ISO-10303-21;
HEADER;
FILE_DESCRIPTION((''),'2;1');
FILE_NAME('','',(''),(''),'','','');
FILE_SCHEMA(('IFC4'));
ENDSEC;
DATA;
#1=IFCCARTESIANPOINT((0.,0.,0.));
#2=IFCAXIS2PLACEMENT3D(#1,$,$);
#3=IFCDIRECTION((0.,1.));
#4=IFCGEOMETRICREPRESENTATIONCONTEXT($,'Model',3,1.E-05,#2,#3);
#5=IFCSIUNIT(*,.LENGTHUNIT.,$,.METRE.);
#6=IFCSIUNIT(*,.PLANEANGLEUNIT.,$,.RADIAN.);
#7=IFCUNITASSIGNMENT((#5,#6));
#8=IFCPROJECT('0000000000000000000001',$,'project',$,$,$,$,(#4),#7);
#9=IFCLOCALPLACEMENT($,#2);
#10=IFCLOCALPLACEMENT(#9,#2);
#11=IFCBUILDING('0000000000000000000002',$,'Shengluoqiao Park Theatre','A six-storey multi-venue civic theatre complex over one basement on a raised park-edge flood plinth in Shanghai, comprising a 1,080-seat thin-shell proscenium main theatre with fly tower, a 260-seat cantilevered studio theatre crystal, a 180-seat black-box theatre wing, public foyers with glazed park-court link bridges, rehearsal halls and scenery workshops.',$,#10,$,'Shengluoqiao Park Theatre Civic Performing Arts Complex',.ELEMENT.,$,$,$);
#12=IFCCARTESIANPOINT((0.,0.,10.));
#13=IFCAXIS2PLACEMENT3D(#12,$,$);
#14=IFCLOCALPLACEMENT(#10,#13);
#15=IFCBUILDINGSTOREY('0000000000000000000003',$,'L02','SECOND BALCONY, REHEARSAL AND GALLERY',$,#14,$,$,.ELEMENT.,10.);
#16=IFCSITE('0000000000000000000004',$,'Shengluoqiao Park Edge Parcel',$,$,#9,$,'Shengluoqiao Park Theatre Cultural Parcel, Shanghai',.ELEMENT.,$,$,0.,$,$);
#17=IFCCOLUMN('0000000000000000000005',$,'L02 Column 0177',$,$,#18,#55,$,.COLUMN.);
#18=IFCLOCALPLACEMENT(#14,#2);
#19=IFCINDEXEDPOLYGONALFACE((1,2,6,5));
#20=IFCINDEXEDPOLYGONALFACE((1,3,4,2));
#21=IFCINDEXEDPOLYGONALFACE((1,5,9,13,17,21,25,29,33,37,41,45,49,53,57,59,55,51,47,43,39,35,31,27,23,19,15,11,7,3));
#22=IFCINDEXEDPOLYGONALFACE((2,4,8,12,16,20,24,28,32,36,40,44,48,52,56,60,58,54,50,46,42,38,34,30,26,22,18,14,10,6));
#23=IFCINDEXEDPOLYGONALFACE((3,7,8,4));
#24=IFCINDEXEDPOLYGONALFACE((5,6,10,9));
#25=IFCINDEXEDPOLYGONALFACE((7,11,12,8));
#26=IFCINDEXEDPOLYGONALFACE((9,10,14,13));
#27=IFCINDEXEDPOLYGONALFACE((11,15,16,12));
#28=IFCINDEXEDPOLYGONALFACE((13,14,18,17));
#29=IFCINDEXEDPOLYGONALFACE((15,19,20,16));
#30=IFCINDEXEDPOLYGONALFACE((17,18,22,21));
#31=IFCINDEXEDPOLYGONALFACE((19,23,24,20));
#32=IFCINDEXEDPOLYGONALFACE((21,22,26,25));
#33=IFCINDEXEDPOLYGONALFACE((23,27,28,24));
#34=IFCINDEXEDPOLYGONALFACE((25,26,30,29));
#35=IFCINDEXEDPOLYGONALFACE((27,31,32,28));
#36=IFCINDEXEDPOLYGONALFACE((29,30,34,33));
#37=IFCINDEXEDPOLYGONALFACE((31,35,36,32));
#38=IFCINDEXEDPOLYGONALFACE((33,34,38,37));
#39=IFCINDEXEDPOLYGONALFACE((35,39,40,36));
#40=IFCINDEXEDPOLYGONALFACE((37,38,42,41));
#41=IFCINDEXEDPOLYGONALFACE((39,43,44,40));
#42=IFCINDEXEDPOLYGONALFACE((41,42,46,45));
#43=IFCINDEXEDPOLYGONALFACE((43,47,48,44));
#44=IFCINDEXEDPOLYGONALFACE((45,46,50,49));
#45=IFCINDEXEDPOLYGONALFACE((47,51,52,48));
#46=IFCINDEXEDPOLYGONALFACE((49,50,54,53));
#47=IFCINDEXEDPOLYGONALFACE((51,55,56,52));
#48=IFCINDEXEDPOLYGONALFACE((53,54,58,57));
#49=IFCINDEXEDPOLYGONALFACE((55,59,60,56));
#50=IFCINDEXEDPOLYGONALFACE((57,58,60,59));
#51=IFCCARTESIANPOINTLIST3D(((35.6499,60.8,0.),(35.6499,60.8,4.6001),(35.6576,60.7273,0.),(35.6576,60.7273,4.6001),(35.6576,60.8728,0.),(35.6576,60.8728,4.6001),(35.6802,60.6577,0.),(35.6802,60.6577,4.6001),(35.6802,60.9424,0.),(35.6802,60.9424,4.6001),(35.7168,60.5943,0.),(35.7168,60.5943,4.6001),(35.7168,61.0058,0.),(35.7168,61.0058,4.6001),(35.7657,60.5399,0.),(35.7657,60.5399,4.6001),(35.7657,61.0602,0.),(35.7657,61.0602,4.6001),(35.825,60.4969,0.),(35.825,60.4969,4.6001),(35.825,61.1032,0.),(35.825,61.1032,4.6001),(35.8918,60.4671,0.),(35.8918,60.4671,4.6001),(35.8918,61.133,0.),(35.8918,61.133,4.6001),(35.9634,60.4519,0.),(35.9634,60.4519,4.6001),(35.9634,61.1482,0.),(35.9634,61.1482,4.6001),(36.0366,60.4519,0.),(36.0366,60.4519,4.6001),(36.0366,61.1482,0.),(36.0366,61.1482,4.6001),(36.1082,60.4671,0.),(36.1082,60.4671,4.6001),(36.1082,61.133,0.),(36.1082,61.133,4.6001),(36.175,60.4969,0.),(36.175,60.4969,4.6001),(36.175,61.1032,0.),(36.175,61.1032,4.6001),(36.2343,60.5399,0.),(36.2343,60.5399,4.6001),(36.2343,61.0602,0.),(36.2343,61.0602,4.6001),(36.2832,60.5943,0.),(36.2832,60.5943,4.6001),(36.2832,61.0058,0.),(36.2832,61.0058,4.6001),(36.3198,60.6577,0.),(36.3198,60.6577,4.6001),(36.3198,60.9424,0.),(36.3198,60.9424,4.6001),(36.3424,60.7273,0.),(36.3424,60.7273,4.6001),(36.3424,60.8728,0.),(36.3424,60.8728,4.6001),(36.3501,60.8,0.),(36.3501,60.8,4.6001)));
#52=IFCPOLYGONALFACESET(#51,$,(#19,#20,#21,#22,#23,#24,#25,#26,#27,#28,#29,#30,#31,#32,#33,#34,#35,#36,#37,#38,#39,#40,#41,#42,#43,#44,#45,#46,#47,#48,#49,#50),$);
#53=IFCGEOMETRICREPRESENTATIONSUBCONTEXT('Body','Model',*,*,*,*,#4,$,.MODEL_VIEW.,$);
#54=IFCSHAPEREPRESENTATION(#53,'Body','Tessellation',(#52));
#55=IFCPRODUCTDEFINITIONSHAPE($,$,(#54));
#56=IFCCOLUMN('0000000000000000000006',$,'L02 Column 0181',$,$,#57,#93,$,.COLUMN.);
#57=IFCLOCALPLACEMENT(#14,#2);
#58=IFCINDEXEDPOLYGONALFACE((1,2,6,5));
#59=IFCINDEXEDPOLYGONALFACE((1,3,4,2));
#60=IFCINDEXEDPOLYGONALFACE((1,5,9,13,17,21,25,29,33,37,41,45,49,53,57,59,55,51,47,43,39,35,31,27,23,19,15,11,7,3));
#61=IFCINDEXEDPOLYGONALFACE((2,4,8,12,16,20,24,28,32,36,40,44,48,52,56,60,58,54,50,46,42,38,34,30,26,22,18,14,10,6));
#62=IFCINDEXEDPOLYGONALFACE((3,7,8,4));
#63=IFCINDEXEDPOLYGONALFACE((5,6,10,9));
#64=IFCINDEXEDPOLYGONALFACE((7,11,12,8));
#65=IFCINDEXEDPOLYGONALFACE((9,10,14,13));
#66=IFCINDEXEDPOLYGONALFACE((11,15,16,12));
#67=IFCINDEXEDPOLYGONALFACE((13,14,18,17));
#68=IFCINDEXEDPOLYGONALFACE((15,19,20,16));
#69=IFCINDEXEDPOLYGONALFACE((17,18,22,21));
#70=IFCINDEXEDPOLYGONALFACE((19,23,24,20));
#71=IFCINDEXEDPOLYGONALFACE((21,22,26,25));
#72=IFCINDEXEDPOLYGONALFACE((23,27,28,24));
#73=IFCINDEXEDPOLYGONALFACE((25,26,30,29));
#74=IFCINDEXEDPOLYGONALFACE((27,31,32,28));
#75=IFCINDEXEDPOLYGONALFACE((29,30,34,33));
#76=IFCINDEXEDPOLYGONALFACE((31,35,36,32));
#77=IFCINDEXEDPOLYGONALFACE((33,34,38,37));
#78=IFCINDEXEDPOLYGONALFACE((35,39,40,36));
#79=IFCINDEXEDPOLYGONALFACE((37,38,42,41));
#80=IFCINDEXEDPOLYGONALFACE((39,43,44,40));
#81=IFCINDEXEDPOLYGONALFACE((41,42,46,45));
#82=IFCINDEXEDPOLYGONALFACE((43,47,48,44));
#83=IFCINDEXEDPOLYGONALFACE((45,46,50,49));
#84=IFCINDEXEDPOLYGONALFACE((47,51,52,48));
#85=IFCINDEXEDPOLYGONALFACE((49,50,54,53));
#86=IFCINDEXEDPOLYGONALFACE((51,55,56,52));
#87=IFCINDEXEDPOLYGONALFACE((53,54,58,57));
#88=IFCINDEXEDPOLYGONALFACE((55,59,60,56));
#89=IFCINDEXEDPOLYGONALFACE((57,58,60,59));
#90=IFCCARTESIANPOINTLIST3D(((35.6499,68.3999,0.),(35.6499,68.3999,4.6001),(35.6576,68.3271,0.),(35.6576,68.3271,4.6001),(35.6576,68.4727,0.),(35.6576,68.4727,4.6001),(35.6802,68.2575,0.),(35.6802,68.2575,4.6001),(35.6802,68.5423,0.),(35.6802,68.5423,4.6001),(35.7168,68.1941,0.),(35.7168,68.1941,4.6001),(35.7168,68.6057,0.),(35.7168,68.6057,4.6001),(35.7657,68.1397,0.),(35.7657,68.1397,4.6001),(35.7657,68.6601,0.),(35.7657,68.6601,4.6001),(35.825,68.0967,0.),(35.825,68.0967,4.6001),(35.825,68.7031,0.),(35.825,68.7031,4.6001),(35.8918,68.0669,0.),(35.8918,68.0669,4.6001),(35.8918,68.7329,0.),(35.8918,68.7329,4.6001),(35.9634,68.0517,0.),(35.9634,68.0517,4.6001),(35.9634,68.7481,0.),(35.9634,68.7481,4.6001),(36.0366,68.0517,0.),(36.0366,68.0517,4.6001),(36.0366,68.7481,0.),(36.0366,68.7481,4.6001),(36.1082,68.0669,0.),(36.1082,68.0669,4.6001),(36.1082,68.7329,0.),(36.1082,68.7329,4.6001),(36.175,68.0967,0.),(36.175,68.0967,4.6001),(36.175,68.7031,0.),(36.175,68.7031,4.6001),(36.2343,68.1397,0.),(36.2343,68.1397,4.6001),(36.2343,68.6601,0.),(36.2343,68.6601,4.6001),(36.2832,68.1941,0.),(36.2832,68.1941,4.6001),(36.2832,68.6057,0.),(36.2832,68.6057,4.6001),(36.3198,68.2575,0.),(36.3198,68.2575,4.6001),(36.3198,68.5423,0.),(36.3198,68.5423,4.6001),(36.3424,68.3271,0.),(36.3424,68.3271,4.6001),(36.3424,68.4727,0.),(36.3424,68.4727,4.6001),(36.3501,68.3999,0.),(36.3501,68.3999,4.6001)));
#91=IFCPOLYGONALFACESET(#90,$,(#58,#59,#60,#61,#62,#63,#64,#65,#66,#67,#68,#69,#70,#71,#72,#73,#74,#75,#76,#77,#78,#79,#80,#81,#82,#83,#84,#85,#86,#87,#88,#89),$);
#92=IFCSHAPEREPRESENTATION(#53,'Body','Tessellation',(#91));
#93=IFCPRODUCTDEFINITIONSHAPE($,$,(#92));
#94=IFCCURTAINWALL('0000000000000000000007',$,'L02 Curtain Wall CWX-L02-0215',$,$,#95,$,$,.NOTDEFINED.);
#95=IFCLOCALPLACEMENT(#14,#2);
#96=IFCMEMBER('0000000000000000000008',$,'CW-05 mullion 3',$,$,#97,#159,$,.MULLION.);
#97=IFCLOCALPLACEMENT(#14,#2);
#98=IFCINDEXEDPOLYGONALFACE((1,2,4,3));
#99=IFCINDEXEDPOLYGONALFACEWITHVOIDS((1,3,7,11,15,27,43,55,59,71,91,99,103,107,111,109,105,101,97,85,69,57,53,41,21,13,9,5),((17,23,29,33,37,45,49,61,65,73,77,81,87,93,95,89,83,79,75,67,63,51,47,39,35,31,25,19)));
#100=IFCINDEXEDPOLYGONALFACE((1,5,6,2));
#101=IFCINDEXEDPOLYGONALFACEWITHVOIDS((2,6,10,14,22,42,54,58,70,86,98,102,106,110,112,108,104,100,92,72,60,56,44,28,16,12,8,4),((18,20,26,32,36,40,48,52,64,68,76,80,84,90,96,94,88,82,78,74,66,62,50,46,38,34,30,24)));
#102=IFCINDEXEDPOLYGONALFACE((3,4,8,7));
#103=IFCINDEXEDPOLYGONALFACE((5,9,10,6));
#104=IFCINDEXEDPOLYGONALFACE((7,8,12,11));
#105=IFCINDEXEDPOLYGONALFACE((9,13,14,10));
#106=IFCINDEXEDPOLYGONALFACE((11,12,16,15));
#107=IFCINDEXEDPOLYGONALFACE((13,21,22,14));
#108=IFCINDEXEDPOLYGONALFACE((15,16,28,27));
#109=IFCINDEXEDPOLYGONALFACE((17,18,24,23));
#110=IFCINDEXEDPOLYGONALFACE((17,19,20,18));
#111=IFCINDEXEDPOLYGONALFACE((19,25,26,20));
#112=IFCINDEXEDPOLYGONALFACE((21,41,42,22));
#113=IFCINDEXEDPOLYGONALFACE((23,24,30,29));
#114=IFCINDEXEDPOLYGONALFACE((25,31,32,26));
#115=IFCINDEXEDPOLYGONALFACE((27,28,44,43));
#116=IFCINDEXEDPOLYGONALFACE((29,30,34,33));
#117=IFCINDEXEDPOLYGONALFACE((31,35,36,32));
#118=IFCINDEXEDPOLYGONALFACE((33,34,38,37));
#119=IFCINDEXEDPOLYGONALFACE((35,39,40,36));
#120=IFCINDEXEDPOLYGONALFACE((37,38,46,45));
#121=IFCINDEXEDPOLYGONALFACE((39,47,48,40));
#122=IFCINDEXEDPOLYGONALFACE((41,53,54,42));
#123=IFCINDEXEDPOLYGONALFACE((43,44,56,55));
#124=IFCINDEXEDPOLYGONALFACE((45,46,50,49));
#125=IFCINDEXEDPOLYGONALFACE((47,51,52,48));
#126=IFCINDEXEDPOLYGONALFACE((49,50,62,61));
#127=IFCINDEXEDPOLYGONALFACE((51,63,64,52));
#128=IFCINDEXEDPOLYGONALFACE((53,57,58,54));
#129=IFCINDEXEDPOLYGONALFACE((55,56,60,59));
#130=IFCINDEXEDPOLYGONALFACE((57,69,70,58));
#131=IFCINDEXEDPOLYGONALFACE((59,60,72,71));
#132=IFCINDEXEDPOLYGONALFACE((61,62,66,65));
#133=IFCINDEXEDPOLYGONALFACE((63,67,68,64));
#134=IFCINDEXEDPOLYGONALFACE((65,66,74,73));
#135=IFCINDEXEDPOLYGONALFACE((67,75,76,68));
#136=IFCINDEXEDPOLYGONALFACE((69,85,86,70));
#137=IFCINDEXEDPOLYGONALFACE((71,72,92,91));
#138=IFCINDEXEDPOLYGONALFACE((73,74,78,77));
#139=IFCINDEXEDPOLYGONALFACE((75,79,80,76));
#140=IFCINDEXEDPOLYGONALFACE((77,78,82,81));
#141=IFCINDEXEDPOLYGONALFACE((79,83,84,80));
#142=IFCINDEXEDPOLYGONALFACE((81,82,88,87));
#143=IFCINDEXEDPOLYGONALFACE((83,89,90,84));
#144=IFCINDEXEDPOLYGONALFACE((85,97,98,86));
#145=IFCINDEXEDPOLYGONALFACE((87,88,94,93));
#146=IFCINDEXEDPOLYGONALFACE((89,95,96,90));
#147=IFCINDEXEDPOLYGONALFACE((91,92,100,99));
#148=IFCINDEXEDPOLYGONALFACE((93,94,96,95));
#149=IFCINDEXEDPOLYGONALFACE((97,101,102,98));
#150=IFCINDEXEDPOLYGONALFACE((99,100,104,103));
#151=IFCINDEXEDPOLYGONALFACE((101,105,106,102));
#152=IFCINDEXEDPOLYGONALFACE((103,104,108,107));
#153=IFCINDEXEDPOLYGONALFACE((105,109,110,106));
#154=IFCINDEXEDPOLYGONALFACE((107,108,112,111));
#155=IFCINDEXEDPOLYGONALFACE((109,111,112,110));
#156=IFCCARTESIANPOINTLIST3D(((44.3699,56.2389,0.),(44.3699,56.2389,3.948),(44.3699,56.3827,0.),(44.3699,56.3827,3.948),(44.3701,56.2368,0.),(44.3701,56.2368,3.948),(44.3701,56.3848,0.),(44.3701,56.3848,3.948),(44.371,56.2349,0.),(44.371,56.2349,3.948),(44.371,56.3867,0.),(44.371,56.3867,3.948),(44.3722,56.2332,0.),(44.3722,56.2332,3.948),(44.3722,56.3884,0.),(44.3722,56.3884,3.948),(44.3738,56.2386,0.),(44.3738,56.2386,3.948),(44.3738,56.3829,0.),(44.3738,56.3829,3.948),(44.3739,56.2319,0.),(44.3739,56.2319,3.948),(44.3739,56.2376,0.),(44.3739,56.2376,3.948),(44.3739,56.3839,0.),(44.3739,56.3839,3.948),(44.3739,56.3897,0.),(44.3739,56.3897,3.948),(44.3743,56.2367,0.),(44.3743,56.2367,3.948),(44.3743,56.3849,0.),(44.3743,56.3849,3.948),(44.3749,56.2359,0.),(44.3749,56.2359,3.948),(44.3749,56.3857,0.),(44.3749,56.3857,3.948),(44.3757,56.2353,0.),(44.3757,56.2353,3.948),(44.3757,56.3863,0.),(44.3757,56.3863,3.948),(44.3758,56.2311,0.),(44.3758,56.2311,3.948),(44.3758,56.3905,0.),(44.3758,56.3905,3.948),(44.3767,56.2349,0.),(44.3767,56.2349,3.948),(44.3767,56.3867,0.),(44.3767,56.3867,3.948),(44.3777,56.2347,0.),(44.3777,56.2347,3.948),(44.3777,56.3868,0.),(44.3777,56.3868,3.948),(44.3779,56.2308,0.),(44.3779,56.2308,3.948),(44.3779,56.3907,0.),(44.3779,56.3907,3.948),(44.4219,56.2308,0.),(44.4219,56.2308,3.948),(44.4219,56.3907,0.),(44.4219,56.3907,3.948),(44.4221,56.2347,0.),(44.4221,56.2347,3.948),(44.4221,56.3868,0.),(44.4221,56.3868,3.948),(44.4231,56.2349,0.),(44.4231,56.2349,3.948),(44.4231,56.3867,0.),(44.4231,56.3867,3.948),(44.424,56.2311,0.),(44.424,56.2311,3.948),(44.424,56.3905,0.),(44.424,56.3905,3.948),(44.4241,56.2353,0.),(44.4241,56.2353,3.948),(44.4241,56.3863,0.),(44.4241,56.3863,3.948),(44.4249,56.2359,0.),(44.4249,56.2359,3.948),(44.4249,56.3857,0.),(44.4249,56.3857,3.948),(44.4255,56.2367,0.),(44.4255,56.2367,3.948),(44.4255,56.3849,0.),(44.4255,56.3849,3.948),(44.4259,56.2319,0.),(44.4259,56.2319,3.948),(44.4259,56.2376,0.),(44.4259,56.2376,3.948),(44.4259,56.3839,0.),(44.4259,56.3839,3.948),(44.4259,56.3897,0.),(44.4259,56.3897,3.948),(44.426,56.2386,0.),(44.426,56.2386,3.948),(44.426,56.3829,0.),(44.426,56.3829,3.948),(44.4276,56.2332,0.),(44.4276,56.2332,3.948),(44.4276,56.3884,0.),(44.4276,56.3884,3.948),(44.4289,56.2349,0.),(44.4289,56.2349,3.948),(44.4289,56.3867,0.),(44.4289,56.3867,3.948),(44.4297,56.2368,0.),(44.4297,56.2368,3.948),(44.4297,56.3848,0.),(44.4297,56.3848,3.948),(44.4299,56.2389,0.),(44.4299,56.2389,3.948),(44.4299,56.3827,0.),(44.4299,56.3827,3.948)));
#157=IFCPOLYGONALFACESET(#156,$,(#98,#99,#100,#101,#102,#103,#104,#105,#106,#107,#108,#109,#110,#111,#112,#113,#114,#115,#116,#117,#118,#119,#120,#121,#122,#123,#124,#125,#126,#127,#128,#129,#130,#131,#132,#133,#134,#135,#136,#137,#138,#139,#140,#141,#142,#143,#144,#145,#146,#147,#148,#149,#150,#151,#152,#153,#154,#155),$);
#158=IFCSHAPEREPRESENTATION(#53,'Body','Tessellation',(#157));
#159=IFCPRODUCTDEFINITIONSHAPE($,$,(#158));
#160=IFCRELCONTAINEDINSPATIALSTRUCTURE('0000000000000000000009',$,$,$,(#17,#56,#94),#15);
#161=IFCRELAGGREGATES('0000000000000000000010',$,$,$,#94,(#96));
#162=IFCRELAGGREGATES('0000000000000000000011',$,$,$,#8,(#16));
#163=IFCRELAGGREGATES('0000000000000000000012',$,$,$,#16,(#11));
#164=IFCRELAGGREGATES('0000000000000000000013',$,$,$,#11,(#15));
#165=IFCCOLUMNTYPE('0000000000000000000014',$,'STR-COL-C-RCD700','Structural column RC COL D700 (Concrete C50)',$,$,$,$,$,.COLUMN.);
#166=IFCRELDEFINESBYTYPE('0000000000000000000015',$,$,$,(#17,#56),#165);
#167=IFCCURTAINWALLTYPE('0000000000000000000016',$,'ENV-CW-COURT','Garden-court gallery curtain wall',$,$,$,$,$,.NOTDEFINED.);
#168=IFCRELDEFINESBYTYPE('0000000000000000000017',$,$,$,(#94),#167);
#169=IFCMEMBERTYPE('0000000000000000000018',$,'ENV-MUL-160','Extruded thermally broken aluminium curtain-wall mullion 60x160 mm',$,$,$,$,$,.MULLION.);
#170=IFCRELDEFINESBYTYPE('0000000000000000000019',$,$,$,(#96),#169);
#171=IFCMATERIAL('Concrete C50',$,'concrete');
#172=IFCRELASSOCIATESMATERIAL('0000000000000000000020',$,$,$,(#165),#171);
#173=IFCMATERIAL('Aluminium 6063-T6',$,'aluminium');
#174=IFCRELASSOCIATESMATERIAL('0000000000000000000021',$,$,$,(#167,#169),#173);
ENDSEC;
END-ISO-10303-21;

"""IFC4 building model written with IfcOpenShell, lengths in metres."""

from ifc_helpers import new_model, si_unit, direction, frame, origin, origin_2d, place, context, subcontext, project, spatial, hollow_rectangle, circle, extrude, material, material_profile, profile_set, type_object, element, aggregate, save


model = new_model("IFC4")

# Units and contexts
model_context = context("Model", 3, precision=1e-05, world=origin(), true_north=direction((0.0, 1.0)))
body_context = subcontext(model_context, "Body", "Model", "MODEL_VIEW")
ifc_project = project(units=[si_unit("LENGTHUNIT", "METRE"), si_unit("PLANEANGLEUNIT", "RADIAN")], contexts=[model_context])

# Site, building, storey
site_placement = place(None, origin())
site = spatial("IfcSite", under=ifc_project, at=site_placement, Name="Shengluoqiao Park Edge Parcel", LongName="Shengluoqiao Park Theatre Cultural Parcel, Shanghai", CompositionType="ELEMENT", RefElevation=0.0)
building_placement = place(site_placement, origin())
building = spatial("IfcBuilding", under=site, at=building_placement, Name="Shengluoqiao Park Theatre", Description="A six-storey multi-venue civic theatre complex over one basement on a raised park-edge flood plinth in Shanghai, comprising a 1,080-seat thin-shell proscenium main theatre with fly tower, a 260-seat cantilevered studio theatre crystal, a 180-seat black-box theatre wing, public foyers with glazed park-court link bridges, rehearsal halls and scenery workshops.", LongName="Shengluoqiao Park Theatre Civic Performing Arts Complex", CompositionType="ELEMENT")
storey_placement = place(building_placement, frame((0.0, 0.0, 10.0)))
storey = spatial("IfcBuildingStorey", under=building, at=storey_placement, Name="L02", Description="SECOND BALCONY, REHEARSAL AND GALLERY", CompositionType="ELEMENT", Elevation=10.0)

# Columns
ifc_material_1 = material(Name="Concrete C50", Category="concrete")
ifc_material_profile_1 = material_profile(ifc_material_1, circle(Radius=0.3501, at=origin_2d()), Name="RC COL D700")
ifc_profile_set_1 = profile_set([ifc_material_profile_1], Name="Concrete C50")
column_type = type_object("IfcColumnType", Name="STR-COL-C-RCD700", Description="Structural column RC COL D700 (Concrete C50)", PredefinedType="COLUMN", material=ifc_profile_set_1)
for number, where, z_axis, x_axis, name in (
    (1, (36.0, 60.8, 0.0), (0.0, 0.0, 1.0), (1.0, 0.0, 0.0), "L02 Column 0177"),
    (2, (36.0, 68.3999, 0.0), (0.0, 0.0, 1.0), (1.0, 0.0, 0.0), "L02 Column 0181"),
):
    element("IfcColumn", number, at=place(storey_placement, frame(where, z_axis=z_axis, x_axis=x_axis)), inside=storey, type_object=column_type, Name=name, PredefinedType="COLUMN", context=body_context, shape_type="SweptSolid", body=[
        extrude(circle(Radius=0.3501, at=origin_2d()), origin(), (0.0, 0.0, 1.0), 4.6001),
    ])

# Curtain wall, member
ifc_material_2 = material(Name="Aluminium 6063-T6", Category="aluminium")
curtain_wall_type = type_object("IfcCurtainWallType", Name="ENV-CW-COURT", Description="Garden-court gallery curtain wall", PredefinedType="NOTDEFINED", material=ifc_material_2)
curtain_wall_placement = place(storey_placement, origin())
curtain_wall = element("IfcCurtainWall", 3, at=curtain_wall_placement, inside=storey, type_object=curtain_wall_type, Name="L02 Curtain Wall CWX-L02-0215", PredefinedType="NOTDEFINED")
ifc_material_profile_2 = material_profile(ifc_material_2, hollow_rectangle(XDim=0.0601, YDim=0.1599, WallThickness=0.0039, InnerFilletRadius=0.0039, OuterFilletRadius=0.0081, at=origin_2d()), Name="ALU MULLION 160x60x4")
ifc_profile_set_2 = profile_set([ifc_material_profile_2], Name="Aluminium 6063-T6")
member_type_1 = type_object("IfcMemberType", Name="ENV-MUL-160", Description="Extruded thermally broken aluminium curtain-wall mullion 60x160 mm", PredefinedType="MULLION", material=ifc_profile_set_2)
member_1_placement = place(storey_placement, frame((44.3999, 56.3108, 0.0), z_axis=(0.0, 0.0, 1.0), x_axis=(-1.0, 0.0, 0.0)))
member_1 = element("IfcMember", 4, at=member_1_placement, type_object=member_type_1, Name="CW-05 mullion 3", PredefinedType="MULLION", context=body_context, shape_type="SweptSolid", body=[
    extrude(hollow_rectangle(XDim=0.0601, YDim=0.1599, WallThickness=0.0039, InnerFilletRadius=0.0039, OuterFilletRadius=0.0081, at=origin_2d()), origin(), (0.0, 0.0, 1.0), 3.948),
])

aggregate(curtain_wall, [member_1])

save(model, "model.ifc")
